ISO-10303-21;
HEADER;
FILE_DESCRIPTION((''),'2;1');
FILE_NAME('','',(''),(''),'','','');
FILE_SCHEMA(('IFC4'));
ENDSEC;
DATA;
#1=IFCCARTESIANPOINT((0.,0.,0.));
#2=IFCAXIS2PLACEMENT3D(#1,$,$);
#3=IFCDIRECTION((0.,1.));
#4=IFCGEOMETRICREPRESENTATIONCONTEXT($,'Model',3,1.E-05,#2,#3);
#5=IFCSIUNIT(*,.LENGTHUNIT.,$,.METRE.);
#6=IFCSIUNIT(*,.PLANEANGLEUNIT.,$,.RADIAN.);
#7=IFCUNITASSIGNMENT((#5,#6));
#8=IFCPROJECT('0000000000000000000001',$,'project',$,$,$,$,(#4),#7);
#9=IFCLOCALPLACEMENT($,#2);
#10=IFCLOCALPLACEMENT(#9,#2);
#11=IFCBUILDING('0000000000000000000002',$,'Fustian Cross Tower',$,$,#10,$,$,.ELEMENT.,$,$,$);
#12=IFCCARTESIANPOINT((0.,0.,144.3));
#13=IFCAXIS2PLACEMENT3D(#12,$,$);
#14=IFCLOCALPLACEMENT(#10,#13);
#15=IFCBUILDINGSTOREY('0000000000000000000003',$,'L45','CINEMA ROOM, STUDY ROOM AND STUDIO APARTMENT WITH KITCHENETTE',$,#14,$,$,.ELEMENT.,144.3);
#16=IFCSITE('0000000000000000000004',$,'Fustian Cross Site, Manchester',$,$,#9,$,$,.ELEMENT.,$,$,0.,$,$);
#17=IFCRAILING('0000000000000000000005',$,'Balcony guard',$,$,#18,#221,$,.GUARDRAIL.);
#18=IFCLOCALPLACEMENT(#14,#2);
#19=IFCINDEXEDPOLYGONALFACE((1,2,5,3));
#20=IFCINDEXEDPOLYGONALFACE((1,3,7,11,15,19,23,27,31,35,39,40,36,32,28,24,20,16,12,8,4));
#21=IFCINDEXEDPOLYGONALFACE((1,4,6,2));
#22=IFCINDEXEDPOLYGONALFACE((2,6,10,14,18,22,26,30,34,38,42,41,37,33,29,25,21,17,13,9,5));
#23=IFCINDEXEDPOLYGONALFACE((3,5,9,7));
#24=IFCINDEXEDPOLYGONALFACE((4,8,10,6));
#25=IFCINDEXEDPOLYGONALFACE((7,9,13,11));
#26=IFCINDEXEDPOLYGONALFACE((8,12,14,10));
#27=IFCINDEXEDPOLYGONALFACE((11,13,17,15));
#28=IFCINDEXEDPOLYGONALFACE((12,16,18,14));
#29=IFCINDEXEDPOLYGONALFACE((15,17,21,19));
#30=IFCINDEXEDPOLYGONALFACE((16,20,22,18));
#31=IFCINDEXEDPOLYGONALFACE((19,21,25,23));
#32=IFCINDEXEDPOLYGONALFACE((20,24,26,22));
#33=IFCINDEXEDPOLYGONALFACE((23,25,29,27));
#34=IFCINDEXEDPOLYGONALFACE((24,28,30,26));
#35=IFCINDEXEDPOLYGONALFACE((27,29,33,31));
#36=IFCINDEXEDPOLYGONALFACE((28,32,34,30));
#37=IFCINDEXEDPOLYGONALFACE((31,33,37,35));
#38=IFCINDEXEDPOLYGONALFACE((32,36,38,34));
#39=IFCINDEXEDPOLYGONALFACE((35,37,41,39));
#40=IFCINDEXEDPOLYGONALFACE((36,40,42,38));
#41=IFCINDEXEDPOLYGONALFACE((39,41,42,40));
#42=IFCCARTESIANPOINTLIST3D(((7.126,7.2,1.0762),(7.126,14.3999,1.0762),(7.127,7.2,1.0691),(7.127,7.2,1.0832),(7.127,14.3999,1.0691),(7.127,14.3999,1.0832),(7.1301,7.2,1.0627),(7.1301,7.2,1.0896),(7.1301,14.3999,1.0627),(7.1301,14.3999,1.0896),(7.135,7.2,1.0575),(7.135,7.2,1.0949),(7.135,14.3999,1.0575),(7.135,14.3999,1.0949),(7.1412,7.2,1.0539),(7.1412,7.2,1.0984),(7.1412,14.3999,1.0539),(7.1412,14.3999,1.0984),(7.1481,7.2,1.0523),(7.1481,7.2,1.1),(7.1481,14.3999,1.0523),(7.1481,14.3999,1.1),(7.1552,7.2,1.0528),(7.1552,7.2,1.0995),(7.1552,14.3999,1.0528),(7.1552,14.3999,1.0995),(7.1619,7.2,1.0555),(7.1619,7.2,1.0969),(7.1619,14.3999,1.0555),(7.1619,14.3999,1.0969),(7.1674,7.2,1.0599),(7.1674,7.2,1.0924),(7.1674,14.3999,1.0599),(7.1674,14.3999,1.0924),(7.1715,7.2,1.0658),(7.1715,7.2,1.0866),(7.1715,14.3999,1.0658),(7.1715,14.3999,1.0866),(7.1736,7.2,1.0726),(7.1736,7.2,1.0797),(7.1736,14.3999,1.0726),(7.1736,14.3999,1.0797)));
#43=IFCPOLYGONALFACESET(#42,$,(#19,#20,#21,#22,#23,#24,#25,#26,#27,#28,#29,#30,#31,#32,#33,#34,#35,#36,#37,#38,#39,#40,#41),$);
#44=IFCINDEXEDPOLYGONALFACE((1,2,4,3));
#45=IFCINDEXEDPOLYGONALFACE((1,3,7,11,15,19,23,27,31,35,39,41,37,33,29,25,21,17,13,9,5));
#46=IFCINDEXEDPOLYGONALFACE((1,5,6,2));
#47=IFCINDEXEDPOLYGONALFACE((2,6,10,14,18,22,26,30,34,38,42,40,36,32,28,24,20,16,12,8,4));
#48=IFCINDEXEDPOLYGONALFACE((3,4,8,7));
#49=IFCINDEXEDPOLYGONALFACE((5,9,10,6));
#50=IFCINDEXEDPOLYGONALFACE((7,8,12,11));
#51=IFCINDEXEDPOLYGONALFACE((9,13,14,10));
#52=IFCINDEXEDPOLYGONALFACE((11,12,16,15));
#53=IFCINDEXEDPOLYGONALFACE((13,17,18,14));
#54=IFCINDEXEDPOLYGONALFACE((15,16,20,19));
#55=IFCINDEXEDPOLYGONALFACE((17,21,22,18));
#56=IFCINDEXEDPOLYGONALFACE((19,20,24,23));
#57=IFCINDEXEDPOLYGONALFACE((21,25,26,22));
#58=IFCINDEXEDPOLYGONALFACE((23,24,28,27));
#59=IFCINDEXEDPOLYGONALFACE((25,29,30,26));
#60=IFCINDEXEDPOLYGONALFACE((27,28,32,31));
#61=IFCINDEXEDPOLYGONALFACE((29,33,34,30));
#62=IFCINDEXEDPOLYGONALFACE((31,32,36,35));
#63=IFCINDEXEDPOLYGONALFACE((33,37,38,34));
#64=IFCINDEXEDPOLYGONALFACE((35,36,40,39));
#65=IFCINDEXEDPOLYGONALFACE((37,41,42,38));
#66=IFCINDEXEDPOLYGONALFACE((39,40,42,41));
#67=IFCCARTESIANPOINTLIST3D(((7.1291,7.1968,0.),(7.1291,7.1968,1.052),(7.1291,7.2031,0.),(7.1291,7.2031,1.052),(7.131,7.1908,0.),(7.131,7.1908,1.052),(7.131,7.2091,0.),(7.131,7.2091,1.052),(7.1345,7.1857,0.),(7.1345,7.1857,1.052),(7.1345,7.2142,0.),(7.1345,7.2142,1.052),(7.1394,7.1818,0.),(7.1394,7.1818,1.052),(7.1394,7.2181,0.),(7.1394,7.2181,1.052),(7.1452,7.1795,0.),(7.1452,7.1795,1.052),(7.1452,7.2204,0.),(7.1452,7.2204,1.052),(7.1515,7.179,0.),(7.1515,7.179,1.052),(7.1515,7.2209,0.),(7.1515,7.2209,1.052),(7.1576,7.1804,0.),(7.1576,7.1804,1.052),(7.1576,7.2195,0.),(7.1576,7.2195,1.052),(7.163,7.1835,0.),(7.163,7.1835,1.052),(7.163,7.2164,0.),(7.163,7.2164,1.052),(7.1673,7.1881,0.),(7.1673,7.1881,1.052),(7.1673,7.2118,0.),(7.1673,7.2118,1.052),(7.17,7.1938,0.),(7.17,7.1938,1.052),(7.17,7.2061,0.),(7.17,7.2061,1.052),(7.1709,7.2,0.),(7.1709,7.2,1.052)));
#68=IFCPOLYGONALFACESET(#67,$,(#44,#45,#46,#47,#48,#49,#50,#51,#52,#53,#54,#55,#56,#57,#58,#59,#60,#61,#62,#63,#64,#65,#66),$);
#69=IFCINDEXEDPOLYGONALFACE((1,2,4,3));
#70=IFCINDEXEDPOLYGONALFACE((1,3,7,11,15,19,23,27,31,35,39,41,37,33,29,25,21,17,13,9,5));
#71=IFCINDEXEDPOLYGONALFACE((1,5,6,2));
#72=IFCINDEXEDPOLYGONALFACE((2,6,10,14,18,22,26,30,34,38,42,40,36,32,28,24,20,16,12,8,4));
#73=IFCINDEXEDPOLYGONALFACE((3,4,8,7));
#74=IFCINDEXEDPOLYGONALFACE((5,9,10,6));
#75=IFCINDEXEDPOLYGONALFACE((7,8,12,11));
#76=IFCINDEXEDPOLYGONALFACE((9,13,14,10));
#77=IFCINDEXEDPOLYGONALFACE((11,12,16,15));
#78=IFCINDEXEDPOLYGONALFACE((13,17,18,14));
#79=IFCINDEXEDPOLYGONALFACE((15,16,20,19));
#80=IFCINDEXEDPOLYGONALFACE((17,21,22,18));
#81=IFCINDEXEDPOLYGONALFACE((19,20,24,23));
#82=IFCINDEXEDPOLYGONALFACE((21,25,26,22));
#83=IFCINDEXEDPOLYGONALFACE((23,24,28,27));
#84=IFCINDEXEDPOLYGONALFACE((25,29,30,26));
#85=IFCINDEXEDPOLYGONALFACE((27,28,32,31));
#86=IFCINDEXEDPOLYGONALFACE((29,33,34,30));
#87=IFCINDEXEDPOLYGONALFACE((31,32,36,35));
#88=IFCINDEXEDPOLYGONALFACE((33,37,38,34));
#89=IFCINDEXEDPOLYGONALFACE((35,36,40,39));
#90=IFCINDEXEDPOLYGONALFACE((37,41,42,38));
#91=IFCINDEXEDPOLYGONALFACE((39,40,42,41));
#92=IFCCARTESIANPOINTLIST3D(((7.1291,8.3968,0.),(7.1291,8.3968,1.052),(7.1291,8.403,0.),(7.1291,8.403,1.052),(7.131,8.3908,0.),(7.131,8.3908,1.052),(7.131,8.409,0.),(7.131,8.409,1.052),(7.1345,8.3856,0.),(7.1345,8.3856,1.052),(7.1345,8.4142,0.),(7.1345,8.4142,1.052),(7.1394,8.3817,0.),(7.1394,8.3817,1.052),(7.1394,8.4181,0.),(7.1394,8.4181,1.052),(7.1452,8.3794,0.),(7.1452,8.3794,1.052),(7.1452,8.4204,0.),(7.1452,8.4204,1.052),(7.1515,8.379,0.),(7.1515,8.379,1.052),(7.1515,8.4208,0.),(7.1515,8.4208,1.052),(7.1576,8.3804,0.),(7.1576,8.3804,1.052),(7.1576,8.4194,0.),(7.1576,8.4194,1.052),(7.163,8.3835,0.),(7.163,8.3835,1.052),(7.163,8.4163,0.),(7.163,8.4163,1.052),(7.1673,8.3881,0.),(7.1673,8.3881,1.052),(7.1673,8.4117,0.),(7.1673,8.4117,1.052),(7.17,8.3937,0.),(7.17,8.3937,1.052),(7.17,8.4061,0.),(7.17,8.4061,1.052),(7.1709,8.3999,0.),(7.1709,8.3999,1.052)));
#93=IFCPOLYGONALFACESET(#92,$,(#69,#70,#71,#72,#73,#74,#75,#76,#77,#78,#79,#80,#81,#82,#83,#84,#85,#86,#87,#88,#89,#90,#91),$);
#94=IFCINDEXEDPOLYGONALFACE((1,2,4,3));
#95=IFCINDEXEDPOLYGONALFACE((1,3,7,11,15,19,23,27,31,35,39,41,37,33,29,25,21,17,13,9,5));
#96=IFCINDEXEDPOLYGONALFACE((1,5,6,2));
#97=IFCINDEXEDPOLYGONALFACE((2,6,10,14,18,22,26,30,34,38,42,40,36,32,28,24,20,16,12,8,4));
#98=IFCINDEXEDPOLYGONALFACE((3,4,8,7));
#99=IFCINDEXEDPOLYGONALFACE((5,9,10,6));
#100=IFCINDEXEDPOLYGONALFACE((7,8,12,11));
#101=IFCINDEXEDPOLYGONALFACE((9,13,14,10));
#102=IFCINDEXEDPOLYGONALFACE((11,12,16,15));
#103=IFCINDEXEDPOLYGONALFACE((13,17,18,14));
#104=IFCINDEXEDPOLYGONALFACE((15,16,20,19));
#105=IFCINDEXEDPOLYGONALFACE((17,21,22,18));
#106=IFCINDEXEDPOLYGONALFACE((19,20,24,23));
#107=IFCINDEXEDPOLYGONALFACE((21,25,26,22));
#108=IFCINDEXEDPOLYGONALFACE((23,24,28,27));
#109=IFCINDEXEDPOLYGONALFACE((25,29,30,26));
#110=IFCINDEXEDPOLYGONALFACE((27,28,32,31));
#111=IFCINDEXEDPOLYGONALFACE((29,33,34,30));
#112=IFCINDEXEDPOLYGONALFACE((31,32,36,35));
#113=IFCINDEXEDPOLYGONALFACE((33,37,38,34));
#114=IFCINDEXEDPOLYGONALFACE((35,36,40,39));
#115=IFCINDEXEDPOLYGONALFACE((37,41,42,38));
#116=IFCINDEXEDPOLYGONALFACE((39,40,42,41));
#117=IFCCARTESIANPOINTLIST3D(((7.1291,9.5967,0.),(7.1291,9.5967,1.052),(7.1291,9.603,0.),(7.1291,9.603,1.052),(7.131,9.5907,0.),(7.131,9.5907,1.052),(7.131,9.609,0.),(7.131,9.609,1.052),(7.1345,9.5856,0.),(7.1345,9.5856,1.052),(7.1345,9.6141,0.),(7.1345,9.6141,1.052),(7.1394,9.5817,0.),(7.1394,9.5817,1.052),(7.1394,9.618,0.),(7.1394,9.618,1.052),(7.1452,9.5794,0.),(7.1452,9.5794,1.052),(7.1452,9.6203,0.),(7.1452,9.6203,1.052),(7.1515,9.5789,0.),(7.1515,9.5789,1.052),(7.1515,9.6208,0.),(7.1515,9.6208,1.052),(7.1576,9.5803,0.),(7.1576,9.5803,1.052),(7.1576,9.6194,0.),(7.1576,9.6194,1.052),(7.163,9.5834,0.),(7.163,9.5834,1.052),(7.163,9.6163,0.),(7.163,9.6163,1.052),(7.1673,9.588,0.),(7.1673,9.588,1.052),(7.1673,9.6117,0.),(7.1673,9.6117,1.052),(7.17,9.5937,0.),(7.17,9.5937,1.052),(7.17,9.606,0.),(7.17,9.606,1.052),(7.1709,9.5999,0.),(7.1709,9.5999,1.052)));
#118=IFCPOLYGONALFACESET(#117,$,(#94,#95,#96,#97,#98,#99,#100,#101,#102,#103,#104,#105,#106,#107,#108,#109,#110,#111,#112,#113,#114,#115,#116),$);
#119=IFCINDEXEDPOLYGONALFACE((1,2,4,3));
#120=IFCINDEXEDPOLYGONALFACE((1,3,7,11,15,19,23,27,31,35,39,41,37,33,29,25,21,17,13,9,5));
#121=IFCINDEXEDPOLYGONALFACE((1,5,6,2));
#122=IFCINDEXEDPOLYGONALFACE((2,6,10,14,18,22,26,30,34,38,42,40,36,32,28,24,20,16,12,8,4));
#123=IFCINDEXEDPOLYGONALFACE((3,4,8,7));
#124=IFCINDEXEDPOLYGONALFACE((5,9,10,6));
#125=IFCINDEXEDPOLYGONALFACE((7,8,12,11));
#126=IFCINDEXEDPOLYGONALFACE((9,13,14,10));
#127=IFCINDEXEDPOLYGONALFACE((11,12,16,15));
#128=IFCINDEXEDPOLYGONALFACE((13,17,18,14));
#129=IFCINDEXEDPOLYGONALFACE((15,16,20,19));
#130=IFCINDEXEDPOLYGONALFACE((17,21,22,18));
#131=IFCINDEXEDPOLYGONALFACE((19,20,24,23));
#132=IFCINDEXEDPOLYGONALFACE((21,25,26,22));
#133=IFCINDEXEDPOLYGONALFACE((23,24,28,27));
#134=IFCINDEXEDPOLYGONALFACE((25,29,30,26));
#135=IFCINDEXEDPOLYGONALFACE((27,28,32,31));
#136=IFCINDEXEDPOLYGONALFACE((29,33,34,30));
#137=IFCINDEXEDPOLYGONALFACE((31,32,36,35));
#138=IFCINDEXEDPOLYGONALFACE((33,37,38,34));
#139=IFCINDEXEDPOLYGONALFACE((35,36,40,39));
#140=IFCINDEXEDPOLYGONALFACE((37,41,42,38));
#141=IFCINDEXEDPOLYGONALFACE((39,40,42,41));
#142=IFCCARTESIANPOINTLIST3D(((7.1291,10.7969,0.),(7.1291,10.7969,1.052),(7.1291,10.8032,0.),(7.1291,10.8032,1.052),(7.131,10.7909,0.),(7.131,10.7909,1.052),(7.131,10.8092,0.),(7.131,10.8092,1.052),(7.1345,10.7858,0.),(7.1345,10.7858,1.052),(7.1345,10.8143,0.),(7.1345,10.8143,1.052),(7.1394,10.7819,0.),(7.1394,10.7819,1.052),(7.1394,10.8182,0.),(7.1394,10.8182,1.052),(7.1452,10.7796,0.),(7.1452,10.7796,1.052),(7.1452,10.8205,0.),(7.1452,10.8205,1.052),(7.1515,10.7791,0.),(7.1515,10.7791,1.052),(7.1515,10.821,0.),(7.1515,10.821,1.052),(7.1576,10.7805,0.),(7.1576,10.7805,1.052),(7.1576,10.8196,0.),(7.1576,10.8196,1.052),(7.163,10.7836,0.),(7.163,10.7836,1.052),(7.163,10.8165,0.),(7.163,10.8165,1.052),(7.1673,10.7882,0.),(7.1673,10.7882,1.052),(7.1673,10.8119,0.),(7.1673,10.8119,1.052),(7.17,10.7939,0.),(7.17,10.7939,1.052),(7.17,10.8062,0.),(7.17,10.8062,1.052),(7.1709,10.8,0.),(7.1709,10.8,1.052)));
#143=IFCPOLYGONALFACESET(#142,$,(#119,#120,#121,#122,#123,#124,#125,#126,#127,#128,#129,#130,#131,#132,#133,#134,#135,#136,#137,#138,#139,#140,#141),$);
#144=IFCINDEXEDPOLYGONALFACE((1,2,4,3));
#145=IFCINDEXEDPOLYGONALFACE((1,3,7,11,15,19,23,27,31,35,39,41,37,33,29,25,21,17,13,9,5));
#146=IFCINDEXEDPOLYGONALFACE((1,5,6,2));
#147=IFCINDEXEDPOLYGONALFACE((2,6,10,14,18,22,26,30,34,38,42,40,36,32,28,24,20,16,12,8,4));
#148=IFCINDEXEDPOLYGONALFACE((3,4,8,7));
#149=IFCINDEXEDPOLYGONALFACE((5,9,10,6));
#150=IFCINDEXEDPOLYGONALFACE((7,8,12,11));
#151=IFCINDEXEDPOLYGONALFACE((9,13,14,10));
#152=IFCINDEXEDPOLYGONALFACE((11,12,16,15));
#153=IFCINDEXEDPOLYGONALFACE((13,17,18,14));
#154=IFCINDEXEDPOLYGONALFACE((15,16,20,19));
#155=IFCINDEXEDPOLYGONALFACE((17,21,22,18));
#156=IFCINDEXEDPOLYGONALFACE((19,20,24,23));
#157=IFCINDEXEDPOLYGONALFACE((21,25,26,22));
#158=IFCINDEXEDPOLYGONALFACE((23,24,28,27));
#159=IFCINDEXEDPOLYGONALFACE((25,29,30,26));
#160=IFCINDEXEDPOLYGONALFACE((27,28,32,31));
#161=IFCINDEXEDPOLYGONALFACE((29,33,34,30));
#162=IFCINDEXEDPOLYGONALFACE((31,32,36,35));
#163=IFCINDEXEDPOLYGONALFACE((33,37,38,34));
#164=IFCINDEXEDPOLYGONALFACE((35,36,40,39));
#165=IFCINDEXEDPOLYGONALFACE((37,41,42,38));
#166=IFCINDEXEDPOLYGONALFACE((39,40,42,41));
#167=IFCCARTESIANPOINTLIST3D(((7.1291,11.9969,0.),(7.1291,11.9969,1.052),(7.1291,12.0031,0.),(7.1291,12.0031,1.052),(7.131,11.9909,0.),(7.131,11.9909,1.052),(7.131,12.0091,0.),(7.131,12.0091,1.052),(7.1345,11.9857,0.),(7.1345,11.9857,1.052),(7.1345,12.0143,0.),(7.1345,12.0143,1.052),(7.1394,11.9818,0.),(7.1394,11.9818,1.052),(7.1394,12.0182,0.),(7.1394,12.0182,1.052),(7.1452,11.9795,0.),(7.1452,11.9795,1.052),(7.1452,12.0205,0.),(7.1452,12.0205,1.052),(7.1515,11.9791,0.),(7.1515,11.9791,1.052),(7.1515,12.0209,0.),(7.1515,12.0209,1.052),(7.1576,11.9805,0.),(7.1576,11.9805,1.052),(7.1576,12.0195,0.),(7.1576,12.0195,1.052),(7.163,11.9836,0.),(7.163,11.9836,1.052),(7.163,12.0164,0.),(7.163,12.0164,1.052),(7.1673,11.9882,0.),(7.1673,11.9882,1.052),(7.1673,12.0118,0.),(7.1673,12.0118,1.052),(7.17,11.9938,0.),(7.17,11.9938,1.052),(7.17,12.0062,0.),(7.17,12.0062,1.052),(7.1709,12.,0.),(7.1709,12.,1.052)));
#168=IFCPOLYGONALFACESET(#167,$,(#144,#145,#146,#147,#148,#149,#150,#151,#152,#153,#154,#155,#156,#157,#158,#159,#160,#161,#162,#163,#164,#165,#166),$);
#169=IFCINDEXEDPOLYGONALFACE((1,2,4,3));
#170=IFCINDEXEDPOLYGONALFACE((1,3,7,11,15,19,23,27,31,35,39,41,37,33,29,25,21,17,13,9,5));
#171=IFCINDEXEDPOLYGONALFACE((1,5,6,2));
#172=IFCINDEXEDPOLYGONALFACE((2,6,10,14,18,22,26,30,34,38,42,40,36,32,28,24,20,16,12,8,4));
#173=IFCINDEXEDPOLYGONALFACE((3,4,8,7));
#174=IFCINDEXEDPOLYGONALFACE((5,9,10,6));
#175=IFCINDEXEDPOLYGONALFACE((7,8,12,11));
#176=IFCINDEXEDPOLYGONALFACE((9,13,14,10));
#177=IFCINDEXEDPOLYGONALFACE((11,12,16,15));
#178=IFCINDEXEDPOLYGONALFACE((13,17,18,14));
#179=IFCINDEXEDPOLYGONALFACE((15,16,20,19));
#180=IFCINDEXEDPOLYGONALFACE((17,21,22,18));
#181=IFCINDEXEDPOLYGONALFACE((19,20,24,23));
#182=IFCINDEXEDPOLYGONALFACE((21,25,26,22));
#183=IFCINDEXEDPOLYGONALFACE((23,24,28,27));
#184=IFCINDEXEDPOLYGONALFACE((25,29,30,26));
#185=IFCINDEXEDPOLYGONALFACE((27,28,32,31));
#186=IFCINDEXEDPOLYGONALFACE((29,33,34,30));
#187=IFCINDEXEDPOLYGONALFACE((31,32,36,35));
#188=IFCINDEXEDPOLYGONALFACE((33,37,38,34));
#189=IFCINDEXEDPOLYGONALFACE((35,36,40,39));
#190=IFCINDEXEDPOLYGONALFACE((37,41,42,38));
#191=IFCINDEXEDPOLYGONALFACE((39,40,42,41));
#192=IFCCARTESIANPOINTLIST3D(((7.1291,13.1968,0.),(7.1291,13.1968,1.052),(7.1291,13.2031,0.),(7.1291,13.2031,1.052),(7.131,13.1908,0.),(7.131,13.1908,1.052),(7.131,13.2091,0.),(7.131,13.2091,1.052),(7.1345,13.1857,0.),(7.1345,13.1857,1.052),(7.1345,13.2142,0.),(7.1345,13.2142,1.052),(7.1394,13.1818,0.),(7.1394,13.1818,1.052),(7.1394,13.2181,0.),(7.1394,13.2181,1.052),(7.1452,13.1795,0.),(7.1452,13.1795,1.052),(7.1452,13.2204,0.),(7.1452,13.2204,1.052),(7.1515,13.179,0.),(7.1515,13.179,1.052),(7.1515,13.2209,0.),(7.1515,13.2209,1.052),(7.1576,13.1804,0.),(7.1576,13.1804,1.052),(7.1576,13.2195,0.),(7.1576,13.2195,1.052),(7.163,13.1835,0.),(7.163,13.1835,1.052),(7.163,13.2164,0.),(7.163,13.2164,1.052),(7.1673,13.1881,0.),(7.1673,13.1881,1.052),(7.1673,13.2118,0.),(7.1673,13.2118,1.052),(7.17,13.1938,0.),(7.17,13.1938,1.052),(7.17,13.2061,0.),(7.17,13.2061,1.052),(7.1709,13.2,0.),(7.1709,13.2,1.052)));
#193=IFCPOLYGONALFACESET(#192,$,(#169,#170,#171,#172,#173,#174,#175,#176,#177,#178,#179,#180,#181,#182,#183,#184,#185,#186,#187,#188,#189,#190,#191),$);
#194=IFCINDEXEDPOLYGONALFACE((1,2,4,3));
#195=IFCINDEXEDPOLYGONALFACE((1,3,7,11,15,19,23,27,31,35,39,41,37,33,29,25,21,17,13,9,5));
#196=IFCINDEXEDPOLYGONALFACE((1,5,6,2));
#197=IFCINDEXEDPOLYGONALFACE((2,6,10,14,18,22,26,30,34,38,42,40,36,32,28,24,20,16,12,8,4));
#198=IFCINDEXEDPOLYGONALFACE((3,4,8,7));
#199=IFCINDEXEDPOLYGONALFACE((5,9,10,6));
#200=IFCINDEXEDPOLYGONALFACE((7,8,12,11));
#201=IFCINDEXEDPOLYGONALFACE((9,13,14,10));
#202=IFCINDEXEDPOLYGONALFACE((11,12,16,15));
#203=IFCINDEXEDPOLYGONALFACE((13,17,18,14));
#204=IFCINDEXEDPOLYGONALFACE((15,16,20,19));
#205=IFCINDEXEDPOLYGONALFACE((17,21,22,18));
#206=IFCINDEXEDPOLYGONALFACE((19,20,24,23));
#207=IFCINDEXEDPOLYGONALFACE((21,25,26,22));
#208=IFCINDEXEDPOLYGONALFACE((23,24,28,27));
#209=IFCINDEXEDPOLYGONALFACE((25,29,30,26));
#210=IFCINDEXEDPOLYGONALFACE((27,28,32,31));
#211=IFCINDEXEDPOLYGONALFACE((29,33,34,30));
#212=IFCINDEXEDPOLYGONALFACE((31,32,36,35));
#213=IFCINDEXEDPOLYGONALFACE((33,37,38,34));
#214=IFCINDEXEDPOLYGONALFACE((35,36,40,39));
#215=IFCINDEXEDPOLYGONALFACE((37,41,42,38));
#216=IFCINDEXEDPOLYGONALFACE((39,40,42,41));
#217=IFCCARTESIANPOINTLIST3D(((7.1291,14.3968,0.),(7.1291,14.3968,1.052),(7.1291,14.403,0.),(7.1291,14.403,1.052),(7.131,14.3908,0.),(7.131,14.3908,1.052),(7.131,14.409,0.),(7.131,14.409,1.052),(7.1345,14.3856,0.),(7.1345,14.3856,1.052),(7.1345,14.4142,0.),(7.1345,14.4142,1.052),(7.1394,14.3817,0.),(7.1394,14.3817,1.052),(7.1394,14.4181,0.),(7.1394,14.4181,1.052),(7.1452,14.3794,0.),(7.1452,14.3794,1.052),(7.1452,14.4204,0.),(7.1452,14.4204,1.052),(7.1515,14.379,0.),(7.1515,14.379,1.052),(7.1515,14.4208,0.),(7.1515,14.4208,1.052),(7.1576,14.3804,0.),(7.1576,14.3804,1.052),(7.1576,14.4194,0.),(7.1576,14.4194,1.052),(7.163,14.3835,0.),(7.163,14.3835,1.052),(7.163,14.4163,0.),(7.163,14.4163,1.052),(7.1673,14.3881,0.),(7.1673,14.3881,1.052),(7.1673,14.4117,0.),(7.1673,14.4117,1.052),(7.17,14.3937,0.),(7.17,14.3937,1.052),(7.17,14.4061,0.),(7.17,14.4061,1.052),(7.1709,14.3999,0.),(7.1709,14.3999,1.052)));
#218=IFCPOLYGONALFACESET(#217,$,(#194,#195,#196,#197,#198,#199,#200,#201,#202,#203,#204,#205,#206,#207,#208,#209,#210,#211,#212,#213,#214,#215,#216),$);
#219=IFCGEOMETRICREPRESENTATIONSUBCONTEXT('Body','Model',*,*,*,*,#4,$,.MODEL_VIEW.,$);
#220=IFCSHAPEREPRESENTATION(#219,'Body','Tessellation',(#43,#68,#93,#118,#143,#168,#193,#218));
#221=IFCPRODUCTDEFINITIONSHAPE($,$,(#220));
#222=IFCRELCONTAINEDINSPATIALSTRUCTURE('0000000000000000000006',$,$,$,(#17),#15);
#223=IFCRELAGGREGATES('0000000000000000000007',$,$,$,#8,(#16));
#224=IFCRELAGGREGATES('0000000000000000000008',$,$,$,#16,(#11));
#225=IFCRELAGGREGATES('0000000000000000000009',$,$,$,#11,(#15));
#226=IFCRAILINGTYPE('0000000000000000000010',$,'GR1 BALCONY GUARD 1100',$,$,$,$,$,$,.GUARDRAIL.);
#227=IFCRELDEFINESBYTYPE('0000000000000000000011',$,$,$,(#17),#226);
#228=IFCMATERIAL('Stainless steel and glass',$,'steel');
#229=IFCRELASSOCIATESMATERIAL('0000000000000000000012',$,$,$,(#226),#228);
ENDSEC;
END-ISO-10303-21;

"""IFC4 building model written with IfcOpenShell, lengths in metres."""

from ifc_helpers import new_model, si_unit, direction, frame, origin, origin_2d, place, context, subcontext, project, spatial, circle, extrude, material, type_object, element, save


model = new_model("IFC4")

# Units and contexts
model_context = context("Model", 3, precision=1e-05, world=origin(), true_north=direction((0.0, 1.0)))
body_context = subcontext(model_context, "Body", "Model", "MODEL_VIEW")
ifc_project = project(units=[si_unit("LENGTHUNIT", "METRE"), si_unit("PLANEANGLEUNIT", "RADIAN")], contexts=[model_context])

# Site, building, storey
site_placement = place(None, origin())
site = spatial("IfcSite", under=ifc_project, at=site_placement, Name="Fustian Cross Site, Manchester", CompositionType="ELEMENT", RefElevation=0.0)
building_placement = place(site_placement, origin())
building = spatial("IfcBuilding", under=site, at=building_placement, Name="Fustian Cross Tower", CompositionType="ELEMENT")
storey_placement = place(building_placement, frame((0.0, 0.0, 144.3)))
storey = spatial("IfcBuildingStorey", under=building, at=storey_placement, Name="L45", Description="CINEMA ROOM, STUDY ROOM AND STUDIO APARTMENT WITH KITCHENETTE", CompositionType="ELEMENT", Elevation=144.3)

# Railing
ifc_material_1 = material(Name="Stainless steel and glass", Category="steel")
railing_type = type_object("IfcRailingType", Name="GR1 BALCONY GUARD 1100", PredefinedType="GUARDRAIL", material=ifc_material_1)
railing_placement = place(storey_placement, frame((7.1499, 7.2, 0.0)))
element("IfcRailing", 1, at=railing_placement, inside=storey, type_object=railing_type, Name="Balcony guard", PredefinedType="GUARDRAIL", context=body_context, shape_type="SweptSolid", body=[
    extrude(circle(Radius=0.0239, at=origin_2d()), frame((0.0, 0.0, 1.0762), z_axis=(0.0, 1.0, 0.0), x_axis=(-1.0, 0.0, 0.0)), (0.0, 0.0, 1.0), 7.2),
    extrude(circle(Radius=0.021, at=origin_2d()), origin(), (0.0, 0.0, 1.0), 1.052),
    extrude(circle(Radius=0.021, at=origin_2d()), frame((0.0, 1.2, 0.0)), (0.0, 0.0, 1.0), 1.052),
    extrude(circle(Radius=0.021, at=origin_2d()), frame((0.0, 2.3999, 0.0)), (0.0, 0.0, 1.0), 1.052),
    extrude(circle(Radius=0.021, at=origin_2d()), frame((0.0, 3.6001, 0.0)), (0.0, 0.0, 1.0), 1.052),
    extrude(circle(Radius=0.021, at=origin_2d()), frame((0.0, 4.8, 0.0)), (0.0, 0.0, 1.0), 1.052),
    extrude(circle(Radius=0.021, at=origin_2d()), frame((0.0, 6.0, 0.0)), (0.0, 0.0, 1.0), 1.052),
    extrude(circle(Radius=0.021, at=origin_2d()), frame((0.0, 7.2, 0.0)), (0.0, 0.0, 1.0), 1.052),
])

save(model, "model.ifc")
